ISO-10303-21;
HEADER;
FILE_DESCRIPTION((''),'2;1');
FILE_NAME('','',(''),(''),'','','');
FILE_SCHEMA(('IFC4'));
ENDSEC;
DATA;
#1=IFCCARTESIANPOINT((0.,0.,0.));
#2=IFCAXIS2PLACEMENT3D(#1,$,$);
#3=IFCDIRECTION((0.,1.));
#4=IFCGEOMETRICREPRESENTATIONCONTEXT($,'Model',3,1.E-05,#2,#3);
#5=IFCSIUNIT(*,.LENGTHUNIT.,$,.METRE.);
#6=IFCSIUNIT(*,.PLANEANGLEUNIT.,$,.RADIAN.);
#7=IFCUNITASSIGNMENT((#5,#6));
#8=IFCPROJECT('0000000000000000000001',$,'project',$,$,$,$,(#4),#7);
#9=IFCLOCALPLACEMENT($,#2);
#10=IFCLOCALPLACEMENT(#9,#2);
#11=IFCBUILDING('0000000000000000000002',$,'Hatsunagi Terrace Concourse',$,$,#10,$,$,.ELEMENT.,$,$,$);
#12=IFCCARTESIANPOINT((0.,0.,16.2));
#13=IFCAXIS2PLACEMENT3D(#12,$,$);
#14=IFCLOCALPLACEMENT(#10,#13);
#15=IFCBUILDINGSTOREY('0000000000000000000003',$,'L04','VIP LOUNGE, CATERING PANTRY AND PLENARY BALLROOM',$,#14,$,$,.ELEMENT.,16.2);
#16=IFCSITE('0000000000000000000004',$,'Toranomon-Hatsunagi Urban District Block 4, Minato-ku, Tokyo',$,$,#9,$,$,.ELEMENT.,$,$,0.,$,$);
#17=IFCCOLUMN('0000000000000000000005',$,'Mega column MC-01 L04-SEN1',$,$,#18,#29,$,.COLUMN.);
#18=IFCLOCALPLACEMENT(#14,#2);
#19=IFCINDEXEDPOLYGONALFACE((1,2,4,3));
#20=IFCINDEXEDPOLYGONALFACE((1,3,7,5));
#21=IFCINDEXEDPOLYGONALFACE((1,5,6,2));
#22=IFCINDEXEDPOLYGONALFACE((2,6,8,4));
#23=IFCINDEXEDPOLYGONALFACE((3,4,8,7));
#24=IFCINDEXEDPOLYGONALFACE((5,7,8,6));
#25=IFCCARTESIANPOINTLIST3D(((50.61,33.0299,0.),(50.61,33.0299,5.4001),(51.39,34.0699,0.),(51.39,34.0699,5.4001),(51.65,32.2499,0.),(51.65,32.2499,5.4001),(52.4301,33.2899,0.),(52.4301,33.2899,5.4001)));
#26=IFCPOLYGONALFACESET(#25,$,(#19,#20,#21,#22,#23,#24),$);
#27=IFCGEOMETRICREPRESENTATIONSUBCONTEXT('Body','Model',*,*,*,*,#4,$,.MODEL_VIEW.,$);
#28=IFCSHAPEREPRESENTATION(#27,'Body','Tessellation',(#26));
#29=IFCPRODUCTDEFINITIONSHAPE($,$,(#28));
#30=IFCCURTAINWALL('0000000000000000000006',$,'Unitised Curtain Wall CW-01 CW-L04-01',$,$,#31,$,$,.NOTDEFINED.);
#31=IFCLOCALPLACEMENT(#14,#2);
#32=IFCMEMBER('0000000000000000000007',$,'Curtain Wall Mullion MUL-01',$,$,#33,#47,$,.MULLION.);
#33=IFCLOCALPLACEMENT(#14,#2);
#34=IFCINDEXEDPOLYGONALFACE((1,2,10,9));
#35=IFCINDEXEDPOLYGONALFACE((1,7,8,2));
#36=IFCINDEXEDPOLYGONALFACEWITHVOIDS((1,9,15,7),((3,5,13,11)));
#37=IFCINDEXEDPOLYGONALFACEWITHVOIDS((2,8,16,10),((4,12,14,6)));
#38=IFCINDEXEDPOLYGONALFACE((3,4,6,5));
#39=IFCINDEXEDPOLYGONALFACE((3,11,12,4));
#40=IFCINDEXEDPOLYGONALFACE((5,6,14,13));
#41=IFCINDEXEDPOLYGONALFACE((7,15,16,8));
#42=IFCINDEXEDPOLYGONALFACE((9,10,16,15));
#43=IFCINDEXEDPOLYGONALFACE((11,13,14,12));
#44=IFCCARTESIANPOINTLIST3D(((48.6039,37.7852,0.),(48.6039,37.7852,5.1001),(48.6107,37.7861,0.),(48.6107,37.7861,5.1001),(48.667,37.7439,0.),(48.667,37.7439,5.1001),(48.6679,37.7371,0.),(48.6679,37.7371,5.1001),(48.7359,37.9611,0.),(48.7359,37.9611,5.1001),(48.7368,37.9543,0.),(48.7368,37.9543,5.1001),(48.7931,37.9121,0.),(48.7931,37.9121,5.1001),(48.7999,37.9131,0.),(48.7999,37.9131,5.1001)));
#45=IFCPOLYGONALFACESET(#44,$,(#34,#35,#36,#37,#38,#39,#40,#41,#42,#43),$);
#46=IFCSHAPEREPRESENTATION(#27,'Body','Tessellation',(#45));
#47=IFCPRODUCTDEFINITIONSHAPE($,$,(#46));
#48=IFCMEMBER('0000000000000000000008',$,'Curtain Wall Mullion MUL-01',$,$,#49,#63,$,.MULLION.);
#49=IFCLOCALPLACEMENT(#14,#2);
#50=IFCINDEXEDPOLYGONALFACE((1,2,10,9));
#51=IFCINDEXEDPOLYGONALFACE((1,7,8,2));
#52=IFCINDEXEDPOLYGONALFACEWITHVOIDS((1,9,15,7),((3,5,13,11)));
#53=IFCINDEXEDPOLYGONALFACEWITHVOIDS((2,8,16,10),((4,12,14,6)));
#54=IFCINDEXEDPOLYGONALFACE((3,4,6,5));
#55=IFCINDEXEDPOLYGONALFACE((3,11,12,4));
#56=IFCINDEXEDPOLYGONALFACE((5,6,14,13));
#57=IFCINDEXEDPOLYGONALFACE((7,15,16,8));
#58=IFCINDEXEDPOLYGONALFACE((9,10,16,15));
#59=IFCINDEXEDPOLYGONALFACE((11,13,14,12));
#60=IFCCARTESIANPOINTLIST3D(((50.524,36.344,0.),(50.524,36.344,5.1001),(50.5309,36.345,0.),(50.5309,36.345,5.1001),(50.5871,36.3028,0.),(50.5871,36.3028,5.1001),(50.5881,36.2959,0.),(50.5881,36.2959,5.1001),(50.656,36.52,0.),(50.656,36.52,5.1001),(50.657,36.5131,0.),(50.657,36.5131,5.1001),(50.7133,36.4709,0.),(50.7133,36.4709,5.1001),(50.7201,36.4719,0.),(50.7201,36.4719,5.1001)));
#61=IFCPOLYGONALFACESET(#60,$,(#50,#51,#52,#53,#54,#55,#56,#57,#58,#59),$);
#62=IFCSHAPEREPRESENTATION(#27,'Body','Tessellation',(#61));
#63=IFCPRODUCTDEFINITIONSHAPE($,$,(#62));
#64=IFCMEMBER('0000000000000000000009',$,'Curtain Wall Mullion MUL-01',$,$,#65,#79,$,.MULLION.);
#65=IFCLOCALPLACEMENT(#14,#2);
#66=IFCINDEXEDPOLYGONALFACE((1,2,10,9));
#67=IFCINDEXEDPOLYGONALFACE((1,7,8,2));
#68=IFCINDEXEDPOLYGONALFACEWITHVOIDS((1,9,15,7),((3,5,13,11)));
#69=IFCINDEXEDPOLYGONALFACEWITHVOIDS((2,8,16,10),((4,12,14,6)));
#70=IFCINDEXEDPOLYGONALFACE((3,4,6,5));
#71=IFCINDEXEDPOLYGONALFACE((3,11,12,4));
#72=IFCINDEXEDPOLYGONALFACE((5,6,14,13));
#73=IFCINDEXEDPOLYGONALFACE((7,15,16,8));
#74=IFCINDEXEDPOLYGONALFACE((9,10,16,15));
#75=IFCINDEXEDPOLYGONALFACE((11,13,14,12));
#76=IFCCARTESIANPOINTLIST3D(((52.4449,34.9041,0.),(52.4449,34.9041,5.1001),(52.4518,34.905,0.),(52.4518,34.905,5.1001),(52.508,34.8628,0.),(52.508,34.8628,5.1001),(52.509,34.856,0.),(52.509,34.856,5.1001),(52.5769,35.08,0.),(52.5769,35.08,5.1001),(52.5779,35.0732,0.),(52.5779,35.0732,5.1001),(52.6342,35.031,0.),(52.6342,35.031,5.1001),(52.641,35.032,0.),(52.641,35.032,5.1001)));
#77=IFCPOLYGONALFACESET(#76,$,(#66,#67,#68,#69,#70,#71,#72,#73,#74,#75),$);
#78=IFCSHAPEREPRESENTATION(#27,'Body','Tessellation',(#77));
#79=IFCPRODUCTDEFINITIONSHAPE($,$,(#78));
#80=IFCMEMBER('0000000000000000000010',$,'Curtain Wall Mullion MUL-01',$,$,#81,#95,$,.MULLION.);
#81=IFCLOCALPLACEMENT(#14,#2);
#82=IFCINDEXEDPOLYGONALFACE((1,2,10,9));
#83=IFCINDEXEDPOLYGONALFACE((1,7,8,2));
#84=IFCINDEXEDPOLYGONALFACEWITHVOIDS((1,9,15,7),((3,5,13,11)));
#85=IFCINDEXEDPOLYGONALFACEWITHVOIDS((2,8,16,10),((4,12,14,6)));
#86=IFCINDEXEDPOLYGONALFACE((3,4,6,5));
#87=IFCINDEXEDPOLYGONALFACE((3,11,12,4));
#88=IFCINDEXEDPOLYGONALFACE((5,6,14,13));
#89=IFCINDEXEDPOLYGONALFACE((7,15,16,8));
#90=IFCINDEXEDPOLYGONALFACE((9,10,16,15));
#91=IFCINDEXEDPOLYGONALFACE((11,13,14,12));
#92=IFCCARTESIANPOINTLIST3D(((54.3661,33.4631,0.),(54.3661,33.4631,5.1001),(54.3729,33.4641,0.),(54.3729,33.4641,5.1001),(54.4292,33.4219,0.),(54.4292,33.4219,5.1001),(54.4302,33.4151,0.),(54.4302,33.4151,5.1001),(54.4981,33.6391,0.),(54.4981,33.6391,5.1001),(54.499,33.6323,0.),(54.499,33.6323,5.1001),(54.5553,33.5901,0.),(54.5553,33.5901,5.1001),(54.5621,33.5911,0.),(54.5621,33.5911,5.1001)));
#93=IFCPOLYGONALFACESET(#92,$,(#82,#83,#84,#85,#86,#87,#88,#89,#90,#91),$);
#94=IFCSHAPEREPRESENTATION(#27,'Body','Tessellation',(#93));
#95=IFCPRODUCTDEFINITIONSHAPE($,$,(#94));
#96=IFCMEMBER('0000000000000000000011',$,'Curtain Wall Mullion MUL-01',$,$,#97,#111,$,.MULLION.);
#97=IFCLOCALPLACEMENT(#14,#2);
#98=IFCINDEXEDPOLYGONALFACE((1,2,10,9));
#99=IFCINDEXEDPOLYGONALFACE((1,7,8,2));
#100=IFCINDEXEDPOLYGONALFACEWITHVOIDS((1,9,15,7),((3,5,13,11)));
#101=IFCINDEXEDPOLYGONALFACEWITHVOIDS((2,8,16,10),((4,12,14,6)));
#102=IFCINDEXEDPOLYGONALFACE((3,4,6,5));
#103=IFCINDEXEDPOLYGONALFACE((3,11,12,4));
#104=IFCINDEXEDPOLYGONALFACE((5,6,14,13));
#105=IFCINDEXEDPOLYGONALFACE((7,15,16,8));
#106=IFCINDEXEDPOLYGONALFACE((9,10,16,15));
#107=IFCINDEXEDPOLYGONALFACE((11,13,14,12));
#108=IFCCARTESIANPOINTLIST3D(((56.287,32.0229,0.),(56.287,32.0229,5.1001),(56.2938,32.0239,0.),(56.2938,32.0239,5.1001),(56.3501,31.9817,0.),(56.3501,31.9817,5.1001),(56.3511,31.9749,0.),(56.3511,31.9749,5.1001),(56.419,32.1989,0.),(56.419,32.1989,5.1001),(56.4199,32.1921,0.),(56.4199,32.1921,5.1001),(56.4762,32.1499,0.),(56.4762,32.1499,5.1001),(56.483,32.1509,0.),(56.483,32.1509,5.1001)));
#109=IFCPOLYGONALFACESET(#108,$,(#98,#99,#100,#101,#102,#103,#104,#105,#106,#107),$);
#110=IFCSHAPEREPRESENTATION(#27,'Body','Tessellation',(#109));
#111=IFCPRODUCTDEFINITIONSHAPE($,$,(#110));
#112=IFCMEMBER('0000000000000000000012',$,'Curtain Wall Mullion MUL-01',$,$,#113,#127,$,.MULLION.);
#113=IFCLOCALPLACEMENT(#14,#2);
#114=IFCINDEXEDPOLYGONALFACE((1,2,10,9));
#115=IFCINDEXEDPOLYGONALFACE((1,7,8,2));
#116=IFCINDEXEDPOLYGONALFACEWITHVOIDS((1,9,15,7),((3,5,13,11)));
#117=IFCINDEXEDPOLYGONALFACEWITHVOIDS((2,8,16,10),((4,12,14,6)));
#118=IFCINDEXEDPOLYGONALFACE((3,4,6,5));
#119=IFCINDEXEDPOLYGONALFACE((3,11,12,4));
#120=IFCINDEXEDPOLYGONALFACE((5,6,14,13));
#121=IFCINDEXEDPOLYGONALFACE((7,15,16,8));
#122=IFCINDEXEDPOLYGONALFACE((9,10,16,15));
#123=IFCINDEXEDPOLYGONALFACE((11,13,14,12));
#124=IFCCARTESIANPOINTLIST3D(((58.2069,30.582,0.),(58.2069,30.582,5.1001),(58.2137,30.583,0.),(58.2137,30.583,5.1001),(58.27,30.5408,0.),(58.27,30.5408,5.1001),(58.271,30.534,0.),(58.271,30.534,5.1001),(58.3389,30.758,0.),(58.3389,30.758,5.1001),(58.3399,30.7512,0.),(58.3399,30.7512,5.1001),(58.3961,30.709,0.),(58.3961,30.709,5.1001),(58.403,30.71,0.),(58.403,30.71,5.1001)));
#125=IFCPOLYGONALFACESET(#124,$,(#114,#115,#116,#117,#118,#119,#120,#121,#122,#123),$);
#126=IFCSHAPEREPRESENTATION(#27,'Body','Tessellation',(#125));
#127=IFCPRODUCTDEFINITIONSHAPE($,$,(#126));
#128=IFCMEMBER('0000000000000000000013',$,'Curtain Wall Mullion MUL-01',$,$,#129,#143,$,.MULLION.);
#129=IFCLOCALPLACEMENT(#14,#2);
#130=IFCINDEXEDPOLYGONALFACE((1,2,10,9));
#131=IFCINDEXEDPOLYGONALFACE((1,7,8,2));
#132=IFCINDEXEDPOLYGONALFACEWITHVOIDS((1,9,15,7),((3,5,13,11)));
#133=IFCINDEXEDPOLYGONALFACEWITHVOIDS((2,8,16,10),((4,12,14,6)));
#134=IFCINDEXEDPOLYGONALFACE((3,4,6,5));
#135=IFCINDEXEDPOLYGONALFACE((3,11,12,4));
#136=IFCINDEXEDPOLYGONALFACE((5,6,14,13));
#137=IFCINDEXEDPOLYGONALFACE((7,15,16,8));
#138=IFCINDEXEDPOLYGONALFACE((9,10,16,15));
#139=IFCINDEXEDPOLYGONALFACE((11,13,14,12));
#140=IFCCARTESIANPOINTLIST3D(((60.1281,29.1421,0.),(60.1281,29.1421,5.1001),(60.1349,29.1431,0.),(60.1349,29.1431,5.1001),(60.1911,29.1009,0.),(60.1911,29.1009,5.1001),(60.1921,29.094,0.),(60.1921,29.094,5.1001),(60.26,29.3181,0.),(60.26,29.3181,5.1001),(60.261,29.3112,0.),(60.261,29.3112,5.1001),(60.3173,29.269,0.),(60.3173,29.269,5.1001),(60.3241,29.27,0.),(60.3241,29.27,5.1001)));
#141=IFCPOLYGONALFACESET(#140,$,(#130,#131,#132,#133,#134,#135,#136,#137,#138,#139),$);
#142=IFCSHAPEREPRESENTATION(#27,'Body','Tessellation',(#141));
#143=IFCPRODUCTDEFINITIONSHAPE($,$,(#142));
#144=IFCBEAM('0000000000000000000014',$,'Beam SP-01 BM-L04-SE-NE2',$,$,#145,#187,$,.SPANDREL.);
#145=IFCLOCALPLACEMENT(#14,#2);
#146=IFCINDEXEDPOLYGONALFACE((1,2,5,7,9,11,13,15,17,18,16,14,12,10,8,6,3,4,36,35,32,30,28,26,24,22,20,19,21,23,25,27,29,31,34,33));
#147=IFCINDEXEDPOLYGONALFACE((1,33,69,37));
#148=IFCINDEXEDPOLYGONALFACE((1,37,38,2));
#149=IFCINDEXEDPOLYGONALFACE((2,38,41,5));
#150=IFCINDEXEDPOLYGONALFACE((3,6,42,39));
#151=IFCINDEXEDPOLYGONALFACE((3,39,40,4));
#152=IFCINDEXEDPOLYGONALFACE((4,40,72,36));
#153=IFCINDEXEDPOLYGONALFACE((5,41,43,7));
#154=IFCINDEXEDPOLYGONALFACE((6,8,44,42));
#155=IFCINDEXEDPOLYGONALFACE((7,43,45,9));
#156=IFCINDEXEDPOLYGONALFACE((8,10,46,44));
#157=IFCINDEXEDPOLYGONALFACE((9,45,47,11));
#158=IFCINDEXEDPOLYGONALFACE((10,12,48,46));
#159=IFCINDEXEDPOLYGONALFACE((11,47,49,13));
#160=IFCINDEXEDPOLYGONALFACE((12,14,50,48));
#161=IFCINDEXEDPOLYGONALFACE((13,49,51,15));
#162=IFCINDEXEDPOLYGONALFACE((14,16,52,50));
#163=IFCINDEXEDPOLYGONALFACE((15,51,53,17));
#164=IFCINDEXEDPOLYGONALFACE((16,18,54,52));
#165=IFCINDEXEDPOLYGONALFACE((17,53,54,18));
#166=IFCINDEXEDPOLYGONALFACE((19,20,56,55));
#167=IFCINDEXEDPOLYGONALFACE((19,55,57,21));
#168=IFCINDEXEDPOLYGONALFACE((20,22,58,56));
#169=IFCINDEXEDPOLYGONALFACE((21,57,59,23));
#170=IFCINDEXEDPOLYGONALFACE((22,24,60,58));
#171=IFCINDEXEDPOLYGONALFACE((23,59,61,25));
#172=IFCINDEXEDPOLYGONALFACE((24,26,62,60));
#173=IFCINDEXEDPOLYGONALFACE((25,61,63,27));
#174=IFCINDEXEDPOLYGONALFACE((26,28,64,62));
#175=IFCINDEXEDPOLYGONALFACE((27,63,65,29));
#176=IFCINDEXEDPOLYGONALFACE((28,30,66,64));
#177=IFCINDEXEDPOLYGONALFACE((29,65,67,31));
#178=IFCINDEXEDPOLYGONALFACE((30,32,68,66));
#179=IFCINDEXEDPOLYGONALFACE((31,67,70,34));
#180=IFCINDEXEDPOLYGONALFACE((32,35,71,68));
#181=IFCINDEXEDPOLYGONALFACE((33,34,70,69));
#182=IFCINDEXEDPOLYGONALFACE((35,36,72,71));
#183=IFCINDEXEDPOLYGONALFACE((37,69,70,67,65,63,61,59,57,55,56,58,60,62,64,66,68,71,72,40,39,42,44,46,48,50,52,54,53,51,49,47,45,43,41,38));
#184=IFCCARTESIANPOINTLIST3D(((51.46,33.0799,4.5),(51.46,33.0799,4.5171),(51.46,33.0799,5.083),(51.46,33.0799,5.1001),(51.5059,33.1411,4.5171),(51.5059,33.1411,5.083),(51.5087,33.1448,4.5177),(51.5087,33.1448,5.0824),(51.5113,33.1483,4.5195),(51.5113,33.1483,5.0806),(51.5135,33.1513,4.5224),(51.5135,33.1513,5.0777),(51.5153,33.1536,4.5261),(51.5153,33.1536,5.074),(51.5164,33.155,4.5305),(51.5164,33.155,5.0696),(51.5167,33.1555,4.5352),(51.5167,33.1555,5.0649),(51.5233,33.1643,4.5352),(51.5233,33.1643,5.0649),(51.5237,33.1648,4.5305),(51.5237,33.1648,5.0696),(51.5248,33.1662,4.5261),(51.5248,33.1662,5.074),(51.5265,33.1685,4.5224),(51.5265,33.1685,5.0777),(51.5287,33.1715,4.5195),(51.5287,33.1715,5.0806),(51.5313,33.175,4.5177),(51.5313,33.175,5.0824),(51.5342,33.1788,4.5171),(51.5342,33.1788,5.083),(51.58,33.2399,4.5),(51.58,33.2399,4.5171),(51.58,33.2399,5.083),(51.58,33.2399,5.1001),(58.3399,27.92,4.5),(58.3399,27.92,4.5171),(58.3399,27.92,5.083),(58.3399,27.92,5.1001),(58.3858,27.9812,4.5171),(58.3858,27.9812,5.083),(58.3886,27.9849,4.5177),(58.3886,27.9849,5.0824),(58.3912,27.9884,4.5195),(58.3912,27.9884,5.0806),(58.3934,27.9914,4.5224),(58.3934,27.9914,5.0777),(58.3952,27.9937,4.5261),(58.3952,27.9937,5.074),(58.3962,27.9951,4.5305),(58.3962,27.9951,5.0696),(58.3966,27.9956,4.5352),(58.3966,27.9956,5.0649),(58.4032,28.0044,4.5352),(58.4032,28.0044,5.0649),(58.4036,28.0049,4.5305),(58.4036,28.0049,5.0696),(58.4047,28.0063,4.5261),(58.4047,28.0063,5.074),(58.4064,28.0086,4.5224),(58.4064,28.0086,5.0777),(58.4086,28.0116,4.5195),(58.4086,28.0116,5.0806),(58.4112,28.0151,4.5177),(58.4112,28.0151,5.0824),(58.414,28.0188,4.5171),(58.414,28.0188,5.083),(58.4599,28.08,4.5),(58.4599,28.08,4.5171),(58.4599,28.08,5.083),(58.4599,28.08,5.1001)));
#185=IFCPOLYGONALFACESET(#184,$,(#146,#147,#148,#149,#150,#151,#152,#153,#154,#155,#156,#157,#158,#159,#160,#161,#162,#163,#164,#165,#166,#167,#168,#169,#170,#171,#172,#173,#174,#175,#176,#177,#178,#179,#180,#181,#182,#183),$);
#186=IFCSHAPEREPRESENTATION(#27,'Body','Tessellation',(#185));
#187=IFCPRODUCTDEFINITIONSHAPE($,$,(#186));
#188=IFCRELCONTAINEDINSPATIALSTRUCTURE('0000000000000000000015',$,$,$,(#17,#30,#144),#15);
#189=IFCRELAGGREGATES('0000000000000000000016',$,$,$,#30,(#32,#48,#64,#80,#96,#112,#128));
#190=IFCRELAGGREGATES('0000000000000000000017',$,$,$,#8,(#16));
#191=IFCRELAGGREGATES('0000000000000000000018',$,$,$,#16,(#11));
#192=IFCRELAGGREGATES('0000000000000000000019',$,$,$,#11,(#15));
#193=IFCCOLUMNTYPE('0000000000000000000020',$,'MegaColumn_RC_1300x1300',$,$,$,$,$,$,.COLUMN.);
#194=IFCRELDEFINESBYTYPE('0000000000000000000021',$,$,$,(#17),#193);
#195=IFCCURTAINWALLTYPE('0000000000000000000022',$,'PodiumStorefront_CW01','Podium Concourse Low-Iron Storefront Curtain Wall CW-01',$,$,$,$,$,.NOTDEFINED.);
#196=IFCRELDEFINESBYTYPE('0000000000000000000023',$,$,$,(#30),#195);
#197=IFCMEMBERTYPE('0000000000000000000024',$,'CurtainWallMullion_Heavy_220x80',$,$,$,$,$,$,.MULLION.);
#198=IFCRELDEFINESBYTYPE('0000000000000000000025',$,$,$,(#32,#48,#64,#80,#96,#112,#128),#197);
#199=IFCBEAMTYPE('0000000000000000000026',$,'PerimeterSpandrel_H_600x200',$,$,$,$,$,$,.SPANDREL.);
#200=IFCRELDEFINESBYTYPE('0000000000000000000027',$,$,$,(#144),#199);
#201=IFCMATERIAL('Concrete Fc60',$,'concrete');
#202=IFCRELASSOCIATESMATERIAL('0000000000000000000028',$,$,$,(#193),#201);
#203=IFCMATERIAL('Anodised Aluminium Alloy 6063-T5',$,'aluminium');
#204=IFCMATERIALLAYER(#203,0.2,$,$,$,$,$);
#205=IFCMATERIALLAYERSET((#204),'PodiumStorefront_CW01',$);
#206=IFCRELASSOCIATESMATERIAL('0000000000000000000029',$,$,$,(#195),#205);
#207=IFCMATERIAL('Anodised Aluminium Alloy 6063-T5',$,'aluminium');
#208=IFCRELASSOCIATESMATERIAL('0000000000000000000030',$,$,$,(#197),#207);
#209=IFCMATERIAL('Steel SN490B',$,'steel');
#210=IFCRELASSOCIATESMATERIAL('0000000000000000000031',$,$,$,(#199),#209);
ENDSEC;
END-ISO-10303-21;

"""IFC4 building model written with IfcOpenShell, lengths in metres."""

from ifc_helpers import new_model, si_unit, direction, frame, origin, origin_2d, place, context, subcontext, project, spatial, rectangle, hollow_rectangle, i_section, extrude, material, layer, layer_set, material_profile, profile_set, type_object, element, aggregate, save


model = new_model("IFC4")

# Units and contexts
model_context = context("Model", 3, precision=1e-05, world=origin(), true_north=direction((0.0, 1.0)))
body_context = subcontext(model_context, "Body", "Model", "MODEL_VIEW")
ifc_project = project(units=[si_unit("LENGTHUNIT", "METRE"), si_unit("PLANEANGLEUNIT", "RADIAN")], contexts=[model_context])

# Site, building, storey
site_placement = place(None, origin())
site = spatial("IfcSite", under=ifc_project, at=site_placement, Name="Toranomon-Hatsunagi Urban District Block 4, Minato-ku, Tokyo", CompositionType="ELEMENT", RefElevation=0.0)
building_placement = place(site_placement, origin())
building = spatial("IfcBuilding", under=site, at=building_placement, Name="Hatsunagi Terrace Concourse", CompositionType="ELEMENT")
storey_placement = place(building_placement, frame((0.0, 0.0, 16.2)))
storey = spatial("IfcBuildingStorey", under=building, at=storey_placement, Name="L04", Description="VIP LOUNGE, CATERING PANTRY AND PLENARY BALLROOM", CompositionType="ELEMENT", Elevation=16.2)

# Column
ifc_material_1 = material(Name="Concrete Fc60", Category="concrete")
ifc_material_profile_1 = material_profile(ifc_material_1, rectangle(XDim=1.3, YDim=1.3, at=origin_2d()), Name="RC-1300x1300")
ifc_profile_set_1 = profile_set([ifc_material_profile_1], Name="Concrete Fc60")
column_type = type_object("IfcColumnType", Name="MegaColumn_RC_1300x1300", PredefinedType="COLUMN", material=ifc_profile_set_1)
column_placement = place(storey_placement, frame((51.52, 33.1599, 0.0), z_axis=(0.0, 0.0, 1.0), x_axis=(0.8, -0.6, 0.0)))
element("IfcColumn", 1, at=column_placement, inside=storey, type_object=column_type, Name="Mega column MC-01 L04-SEN1", PredefinedType="COLUMN", context=body_context, shape_type="SweptSolid", body=[
    extrude(rectangle(XDim=1.3, YDim=1.3, at=origin_2d()), origin(), (0.0, 0.0, 1.0), 5.4001),
])

# Curtain wall, members
ifc_material_2 = material(Name="Anodised Aluminium Alloy 6063-T5", Category="aluminium")
ifc_layer_1 = layer(ifc_material_2, 0.2)
ifc_layer_set_1 = layer_set([ifc_layer_1], Name="PodiumStorefront_CW01")
curtain_wall_type = type_object("IfcCurtainWallType", Name="PodiumStorefront_CW01", Description="Podium Concourse Low-Iron Storefront Curtain Wall CW-01", PredefinedType="NOTDEFINED", material=ifc_layer_set_1)
curtain_wall_placement = place(storey_placement, origin())
curtain_wall = element("IfcCurtainWall", 2, at=curtain_wall_placement, inside=storey, type_object=curtain_wall_type, Name="Unitised Curtain Wall CW-01 CW-L04-01", PredefinedType="NOTDEFINED")
ifc_material_3 = material(Name="Anodised Aluminium Alloy 6063-T5", Category="aluminium")
ifc_material_profile_2 = material_profile(ifc_material_3, hollow_rectangle(XDim=0.0801, YDim=0.22, WallThickness=0.0049, at=origin_2d()), Name="ALU-MUL-220x80x5")
ifc_profile_set_2 = profile_set([ifc_material_profile_2], Name="Anodised Aluminium Alloy 6063-T5")
member_type = type_object("IfcMemberType", Name="CurtainWallMullion_Heavy_220x80", PredefinedType="MULLION", material=ifc_profile_set_2)
member_1_placement = place(storey_placement, frame((48.7019, 37.8491, 0.0), z_axis=(0.0, 0.0, 1.0), x_axis=(0.800007, -0.59999, 0.0)))
member_1 = element("IfcMember", 3, at=member_1_placement, type_object=member_type, Name="Curtain Wall Mullion MUL-01", PredefinedType="MULLION", context=body_context, shape_type="SweptSolid", body=[
    extrude(hollow_rectangle(XDim=0.0801, YDim=0.22, WallThickness=0.0049, at=origin_2d()), origin(), (0.0, 0.0, 1.0), 5.1001),
])
member_2_placement = place(storey_placement, frame((50.6221, 36.408, 0.0), z_axis=(0.0, 0.0, 1.0), x_axis=(0.800007, -0.59999, 0.0)))
member_2 = element("IfcMember", 4, at=member_2_placement, type_object=member_type, Name="Curtain Wall Mullion MUL-01", PredefinedType="MULLION", context=body_context, shape_type="SweptSolid", body=[
    extrude(hollow_rectangle(XDim=0.0801, YDim=0.22, WallThickness=0.0049, at=origin_2d()), origin(), (0.0, 0.0, 1.0), 5.1001),
])
member_3_placement = place(storey_placement, frame((52.543, 34.968, 0.0), z_axis=(0.0, 0.0, 1.0), x_axis=(0.800007, -0.59999, 0.0)))
member_3 = element("IfcMember", 5, at=member_3_placement, type_object=member_type, Name="Curtain Wall Mullion MUL-01", PredefinedType="MULLION", context=body_context, shape_type="SweptSolid", body=[
    extrude(hollow_rectangle(XDim=0.0801, YDim=0.22, WallThickness=0.0049, at=origin_2d()), origin(), (0.0, 0.0, 1.0), 5.1001),
])
member_4_placement = place(storey_placement, frame((54.4641, 33.5271, 0.0), z_axis=(0.0, 0.0, 1.0), x_axis=(0.800007, -0.59999, 0.0)))
member_4 = element("IfcMember", 6, at=member_4_placement, type_object=member_type, Name="Curtain Wall Mullion MUL-01", PredefinedType="MULLION", context=body_context, shape_type="SweptSolid", body=[
    extrude(hollow_rectangle(XDim=0.0801, YDim=0.22, WallThickness=0.0049, at=origin_2d()), origin(), (0.0, 0.0, 1.0), 5.1001),
])
member_5_placement = place(storey_placement, frame((56.385, 32.0869, 0.0), z_axis=(0.0, 0.0, 1.0), x_axis=(0.800007, -0.59999, 0.0)))
member_5 = element("IfcMember", 7, at=member_5_placement, type_object=member_type, Name="Curtain Wall Mullion MUL-01", PredefinedType="MULLION", context=body_context, shape_type="SweptSolid", body=[
    extrude(hollow_rectangle(XDim=0.0801, YDim=0.22, WallThickness=0.0049, at=origin_2d()), origin(), (0.0, 0.0, 1.0), 5.1001),
])
member_6_placement = place(storey_placement, frame((58.3049, 30.646, 0.0), z_axis=(0.0, 0.0, 1.0), x_axis=(0.800007, -0.59999, 0.0)))
member_6 = element("IfcMember", 8, at=member_6_placement, type_object=member_type, Name="Curtain Wall Mullion MUL-01", PredefinedType="MULLION", context=body_context, shape_type="SweptSolid", body=[
    extrude(hollow_rectangle(XDim=0.0801, YDim=0.22, WallThickness=0.0049, at=origin_2d()), origin(), (0.0, 0.0, 1.0), 5.1001),
])
member_7_placement = place(storey_placement, frame((60.2261, 29.2061, 0.0), z_axis=(0.0, 0.0, 1.0), x_axis=(0.800007, -0.59999, 0.0)))
member_7 = element("IfcMember", 9, at=member_7_placement, type_object=member_type, Name="Curtain Wall Mullion MUL-01", PredefinedType="MULLION", context=body_context, shape_type="SweptSolid", body=[
    extrude(hollow_rectangle(XDim=0.0801, YDim=0.22, WallThickness=0.0049, at=origin_2d()), origin(), (0.0, 0.0, 1.0), 5.1001),
])

# Beam
ifc_material_4 = material(Name="Steel SN490B", Category="steel")
ifc_material_profile_3 = material_profile(ifc_material_4, i_section(OverallWidth=0.2, OverallDepth=0.6001, WebThickness=0.011, FlangeThickness=0.0171, FilletRadius=0.0181, at=origin_2d()), Name="H-600x200x11x17")
ifc_profile_set_3 = profile_set([ifc_material_profile_3], Name="Steel SN490B")
beam_type = type_object("IfcBeamType", Name="PerimeterSpandrel_H_600x200", PredefinedType="SPANDREL", material=ifc_profile_set_3)
beam_placement = place(storey_placement, frame((51.52, 33.1599, 4.8), z_axis=(0.8, -0.6, 0.0), x_axis=(0.6, 0.8, 0.0)))
element("IfcBeam", 10, at=beam_placement, inside=storey, type_object=beam_type, Name="Beam SP-01 BM-L04-SE-NE2", PredefinedType="SPANDREL", context=body_context, shape_type="SweptSolid", body=[
    extrude(i_section(OverallWidth=0.2, OverallDepth=0.6001, WebThickness=0.011, FlangeThickness=0.0171, FilletRadius=0.0181, at=origin_2d()), origin(), (0.0, 0.0, 1.0), 8.5999),
])

aggregate(curtain_wall, [member_1, member_2, member_3, member_4, member_5, member_6, member_7])

save(model, "model.ifc")
